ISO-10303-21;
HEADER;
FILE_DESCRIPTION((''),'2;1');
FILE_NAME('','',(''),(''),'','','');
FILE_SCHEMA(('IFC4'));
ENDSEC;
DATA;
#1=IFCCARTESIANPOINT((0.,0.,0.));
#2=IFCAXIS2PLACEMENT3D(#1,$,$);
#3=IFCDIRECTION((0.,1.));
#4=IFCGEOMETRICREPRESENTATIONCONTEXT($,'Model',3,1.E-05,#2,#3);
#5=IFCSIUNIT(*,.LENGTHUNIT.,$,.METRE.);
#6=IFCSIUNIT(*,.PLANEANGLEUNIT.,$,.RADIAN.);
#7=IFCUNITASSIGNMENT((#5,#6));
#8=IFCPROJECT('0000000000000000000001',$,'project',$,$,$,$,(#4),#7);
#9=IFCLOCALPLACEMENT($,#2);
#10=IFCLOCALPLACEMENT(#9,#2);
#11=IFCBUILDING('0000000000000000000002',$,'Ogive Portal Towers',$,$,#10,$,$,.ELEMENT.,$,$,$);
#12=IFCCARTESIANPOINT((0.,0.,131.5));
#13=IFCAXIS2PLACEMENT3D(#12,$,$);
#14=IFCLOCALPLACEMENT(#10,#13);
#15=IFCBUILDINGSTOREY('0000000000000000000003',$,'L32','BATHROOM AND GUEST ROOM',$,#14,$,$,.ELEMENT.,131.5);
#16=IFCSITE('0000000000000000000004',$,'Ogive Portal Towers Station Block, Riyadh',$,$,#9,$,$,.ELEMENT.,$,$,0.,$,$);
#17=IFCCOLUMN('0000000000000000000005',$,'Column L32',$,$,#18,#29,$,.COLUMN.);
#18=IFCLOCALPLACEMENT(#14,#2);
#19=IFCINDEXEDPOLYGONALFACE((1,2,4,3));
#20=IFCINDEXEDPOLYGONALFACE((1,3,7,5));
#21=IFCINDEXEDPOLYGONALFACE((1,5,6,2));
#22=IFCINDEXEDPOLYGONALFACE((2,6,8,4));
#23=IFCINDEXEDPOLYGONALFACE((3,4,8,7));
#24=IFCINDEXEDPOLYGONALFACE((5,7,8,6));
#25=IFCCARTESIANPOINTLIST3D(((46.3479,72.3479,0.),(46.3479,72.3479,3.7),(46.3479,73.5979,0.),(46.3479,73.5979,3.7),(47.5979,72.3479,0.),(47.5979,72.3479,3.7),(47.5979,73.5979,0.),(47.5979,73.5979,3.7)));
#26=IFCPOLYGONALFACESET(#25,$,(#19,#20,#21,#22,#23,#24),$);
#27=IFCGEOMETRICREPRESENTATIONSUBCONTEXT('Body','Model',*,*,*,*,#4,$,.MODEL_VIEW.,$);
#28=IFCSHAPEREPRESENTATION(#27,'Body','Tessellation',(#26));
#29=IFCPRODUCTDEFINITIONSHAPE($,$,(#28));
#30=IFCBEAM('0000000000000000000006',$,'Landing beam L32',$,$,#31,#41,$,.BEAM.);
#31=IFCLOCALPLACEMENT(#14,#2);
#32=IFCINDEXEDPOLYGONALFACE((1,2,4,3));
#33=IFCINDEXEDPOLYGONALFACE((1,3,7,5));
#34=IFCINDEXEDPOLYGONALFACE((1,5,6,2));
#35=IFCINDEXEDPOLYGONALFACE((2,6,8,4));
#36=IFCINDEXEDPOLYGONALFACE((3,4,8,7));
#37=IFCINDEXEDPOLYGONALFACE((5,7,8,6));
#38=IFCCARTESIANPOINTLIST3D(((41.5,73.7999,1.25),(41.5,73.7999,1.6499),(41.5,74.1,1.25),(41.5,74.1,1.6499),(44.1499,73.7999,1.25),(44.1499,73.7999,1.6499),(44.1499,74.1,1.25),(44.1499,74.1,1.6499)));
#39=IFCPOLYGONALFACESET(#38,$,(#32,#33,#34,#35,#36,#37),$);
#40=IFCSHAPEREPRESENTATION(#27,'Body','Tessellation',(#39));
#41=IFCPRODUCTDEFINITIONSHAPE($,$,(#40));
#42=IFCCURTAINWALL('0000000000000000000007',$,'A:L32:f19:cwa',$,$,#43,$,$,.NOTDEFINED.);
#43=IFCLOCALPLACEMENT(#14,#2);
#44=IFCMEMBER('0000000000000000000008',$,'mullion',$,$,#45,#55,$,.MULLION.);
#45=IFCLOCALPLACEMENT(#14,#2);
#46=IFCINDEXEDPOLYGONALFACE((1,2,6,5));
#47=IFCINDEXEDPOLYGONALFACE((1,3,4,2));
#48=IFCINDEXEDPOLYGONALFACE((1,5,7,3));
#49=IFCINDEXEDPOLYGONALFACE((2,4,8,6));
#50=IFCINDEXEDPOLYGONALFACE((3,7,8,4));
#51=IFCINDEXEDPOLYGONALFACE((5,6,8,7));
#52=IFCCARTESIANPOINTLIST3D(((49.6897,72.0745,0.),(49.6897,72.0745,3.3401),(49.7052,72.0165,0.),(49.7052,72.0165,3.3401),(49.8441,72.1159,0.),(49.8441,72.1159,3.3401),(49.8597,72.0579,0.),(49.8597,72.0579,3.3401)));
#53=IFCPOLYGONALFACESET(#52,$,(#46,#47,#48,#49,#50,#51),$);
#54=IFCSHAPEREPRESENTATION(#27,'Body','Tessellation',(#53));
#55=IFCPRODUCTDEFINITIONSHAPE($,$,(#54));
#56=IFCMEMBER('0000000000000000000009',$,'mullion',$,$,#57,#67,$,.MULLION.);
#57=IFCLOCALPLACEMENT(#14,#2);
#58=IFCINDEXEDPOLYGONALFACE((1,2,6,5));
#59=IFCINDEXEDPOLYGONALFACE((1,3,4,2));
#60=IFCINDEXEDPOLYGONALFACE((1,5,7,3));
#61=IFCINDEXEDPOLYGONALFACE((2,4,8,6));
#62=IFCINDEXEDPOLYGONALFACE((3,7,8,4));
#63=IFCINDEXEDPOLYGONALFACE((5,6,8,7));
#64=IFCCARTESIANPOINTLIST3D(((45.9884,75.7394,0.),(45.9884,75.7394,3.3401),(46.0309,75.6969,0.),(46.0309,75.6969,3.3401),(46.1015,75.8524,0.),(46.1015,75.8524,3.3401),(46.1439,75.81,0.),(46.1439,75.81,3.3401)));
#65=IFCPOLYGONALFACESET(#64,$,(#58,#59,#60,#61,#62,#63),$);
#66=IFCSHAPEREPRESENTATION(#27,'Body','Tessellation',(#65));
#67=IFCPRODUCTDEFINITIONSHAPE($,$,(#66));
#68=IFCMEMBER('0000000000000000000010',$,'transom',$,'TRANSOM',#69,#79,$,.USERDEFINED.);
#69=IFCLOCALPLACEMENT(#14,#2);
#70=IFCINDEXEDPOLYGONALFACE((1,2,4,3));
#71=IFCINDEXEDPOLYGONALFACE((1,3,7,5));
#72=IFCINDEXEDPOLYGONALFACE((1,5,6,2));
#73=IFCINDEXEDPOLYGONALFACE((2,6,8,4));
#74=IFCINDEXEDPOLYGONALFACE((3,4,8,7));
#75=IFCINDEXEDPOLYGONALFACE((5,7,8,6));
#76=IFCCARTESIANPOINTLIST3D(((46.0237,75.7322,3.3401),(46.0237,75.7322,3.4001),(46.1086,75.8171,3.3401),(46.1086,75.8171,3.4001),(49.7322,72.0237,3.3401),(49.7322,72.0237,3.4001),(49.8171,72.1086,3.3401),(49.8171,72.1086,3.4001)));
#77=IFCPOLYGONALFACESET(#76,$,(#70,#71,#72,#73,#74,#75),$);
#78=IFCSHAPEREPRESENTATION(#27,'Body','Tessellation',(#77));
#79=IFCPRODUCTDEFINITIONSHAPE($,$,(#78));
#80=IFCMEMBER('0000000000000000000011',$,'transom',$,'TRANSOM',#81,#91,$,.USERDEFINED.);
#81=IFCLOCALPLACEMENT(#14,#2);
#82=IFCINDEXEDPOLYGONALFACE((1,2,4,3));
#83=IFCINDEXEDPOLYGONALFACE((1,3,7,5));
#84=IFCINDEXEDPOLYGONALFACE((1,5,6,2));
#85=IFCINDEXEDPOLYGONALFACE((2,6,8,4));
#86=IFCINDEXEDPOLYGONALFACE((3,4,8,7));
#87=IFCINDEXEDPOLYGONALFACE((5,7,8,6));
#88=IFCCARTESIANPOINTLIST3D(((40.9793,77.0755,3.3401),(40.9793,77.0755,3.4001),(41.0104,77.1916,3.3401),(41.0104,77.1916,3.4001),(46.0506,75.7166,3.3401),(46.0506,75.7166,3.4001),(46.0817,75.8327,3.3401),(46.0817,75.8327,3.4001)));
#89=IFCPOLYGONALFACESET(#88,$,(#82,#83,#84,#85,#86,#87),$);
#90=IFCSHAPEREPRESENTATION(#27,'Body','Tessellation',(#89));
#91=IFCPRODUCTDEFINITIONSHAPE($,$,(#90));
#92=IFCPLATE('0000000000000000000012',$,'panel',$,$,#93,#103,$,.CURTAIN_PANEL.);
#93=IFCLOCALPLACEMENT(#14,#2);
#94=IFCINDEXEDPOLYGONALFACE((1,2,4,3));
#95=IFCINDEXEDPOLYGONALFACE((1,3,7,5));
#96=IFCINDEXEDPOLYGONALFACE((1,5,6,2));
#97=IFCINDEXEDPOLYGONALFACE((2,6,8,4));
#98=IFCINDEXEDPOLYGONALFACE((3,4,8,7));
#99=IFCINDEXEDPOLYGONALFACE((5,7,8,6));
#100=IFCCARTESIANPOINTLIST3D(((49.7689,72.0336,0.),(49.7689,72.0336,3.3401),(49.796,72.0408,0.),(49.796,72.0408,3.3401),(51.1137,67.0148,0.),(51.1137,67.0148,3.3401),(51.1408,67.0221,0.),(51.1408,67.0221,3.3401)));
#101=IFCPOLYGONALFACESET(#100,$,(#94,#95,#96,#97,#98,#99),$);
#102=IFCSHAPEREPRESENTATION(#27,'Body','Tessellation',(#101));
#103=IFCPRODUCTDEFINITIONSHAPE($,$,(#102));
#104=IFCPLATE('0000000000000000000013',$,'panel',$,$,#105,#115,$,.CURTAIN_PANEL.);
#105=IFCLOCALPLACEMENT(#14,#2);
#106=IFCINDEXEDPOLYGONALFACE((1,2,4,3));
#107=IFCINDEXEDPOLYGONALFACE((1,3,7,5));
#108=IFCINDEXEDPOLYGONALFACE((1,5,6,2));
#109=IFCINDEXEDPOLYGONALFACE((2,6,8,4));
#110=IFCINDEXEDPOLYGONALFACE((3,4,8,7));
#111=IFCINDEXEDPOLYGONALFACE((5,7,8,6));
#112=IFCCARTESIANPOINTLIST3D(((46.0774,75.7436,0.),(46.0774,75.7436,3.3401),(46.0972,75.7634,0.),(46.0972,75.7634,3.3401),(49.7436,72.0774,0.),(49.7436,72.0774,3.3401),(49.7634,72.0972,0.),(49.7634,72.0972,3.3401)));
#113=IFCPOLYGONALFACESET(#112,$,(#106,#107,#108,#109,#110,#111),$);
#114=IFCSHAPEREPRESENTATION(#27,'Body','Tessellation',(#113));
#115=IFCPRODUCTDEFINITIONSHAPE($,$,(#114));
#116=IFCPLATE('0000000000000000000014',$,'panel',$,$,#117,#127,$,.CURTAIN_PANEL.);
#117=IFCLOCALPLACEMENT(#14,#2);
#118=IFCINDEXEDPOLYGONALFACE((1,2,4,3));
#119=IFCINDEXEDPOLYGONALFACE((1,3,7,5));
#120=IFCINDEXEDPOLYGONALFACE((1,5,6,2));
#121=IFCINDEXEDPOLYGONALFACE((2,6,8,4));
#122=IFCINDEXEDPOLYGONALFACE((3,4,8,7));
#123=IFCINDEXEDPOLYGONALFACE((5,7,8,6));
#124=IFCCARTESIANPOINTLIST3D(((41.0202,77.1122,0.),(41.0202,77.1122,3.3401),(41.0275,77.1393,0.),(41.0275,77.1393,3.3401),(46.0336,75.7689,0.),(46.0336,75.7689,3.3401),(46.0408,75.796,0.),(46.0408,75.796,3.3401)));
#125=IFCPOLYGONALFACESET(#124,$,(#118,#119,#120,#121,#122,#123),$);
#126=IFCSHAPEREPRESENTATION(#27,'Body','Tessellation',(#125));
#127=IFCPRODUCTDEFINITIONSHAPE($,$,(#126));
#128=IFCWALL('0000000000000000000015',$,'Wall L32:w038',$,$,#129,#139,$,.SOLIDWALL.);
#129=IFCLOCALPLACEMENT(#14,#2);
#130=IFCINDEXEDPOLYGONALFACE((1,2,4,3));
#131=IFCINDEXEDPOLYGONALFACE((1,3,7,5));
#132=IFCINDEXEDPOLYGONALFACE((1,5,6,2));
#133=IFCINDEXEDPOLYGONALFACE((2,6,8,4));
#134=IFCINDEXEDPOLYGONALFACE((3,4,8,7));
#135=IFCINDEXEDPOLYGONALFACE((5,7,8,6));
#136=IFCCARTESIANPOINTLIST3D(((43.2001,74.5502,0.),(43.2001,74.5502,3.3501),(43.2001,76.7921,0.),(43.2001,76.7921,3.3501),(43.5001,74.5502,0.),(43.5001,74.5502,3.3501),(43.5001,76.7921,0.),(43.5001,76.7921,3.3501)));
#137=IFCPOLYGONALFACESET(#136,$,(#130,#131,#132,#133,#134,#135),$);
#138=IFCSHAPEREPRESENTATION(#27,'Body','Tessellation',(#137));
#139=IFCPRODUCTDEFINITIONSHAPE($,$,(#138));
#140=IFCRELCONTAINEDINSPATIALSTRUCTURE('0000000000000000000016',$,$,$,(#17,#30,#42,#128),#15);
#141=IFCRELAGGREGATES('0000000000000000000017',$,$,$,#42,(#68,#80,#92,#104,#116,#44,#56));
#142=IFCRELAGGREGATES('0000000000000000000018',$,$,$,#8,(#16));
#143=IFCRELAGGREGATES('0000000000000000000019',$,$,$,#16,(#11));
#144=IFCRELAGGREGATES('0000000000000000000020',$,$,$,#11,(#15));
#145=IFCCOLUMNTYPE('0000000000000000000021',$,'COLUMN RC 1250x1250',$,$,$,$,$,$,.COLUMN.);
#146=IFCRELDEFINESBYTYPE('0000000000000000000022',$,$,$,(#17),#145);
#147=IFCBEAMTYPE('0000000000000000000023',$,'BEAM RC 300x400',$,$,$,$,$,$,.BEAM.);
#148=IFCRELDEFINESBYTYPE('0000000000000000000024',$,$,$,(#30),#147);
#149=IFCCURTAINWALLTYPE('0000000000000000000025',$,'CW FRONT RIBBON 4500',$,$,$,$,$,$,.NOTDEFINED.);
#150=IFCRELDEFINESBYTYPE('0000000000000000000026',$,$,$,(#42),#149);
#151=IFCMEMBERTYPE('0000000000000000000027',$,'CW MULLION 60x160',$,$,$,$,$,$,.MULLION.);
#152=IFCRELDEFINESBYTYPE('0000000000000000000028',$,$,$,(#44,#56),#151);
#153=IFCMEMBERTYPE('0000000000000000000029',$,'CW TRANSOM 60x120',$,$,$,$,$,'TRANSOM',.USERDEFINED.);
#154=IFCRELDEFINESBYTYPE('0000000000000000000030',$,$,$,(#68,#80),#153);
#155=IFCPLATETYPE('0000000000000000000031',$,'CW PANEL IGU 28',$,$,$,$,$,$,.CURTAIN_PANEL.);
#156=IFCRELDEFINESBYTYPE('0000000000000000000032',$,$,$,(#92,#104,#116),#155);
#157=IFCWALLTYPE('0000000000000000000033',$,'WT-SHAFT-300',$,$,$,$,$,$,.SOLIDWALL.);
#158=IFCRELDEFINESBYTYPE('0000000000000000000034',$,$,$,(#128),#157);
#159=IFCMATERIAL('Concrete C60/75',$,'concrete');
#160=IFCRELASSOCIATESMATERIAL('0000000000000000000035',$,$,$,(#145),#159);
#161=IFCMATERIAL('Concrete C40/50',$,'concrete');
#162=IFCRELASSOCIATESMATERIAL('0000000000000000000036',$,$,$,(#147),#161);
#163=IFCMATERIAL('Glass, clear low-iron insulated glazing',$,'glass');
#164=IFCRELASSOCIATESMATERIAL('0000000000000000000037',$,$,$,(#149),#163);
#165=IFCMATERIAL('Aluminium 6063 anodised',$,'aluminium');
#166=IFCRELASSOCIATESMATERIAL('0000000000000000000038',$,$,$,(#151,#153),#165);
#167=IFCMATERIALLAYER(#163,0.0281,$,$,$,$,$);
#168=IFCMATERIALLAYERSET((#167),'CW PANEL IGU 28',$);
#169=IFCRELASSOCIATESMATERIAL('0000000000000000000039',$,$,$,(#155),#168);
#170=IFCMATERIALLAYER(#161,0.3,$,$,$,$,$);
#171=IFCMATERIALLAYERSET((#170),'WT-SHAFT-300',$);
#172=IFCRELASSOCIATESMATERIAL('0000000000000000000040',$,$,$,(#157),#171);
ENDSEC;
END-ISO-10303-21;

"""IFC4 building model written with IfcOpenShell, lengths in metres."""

from ifc_helpers import new_model, si_unit, direction, frame, frame_2d, origin, origin_2d, place, context, subcontext, project, spatial, rectangle, extrude, material, layer, layer_set, material_profile, profile_set, type_object, element, aggregate, save


model = new_model("IFC4")

# Units and contexts
model_context = context("Model", 3, precision=1e-05, world=origin(), true_north=direction((0.0, 1.0)))
body_context = subcontext(model_context, "Body", "Model", "MODEL_VIEW")
ifc_project = project(units=[si_unit("LENGTHUNIT", "METRE"), si_unit("PLANEANGLEUNIT", "RADIAN")], contexts=[model_context])

# Site, building, storey
site_placement = place(None, origin())
site = spatial("IfcSite", under=ifc_project, at=site_placement, Name="Ogive Portal Towers Station Block, Riyadh", CompositionType="ELEMENT", RefElevation=0.0)
building_placement = place(site_placement, origin())
building = spatial("IfcBuilding", under=site, at=building_placement, Name="Ogive Portal Towers", CompositionType="ELEMENT")
storey_placement = place(building_placement, frame((0.0, 0.0, 131.5)))
storey = spatial("IfcBuildingStorey", under=building, at=storey_placement, Name="L32", Description="BATHROOM AND GUEST ROOM", CompositionType="ELEMENT", Elevation=131.5)

# Column
ifc_material_1 = material(Name="Concrete C60/75", Category="concrete")
ifc_material_profile_1 = material_profile(ifc_material_1, rectangle(XDim=1.25, YDim=1.25, at=origin_2d()), Name="RC 1250x1250")
ifc_profile_set_1 = profile_set([ifc_material_profile_1], Name="Concrete C60/75")
column_type = type_object("IfcColumnType", Name="COLUMN RC 1250x1250", PredefinedType="COLUMN", material=ifc_profile_set_1)
column_placement = place(storey_placement, frame((46.9729, 72.9729, 0.0), z_axis=(0.0, 0.0, 1.0), x_axis=(1.0, 0.0, 0.0)))
element("IfcColumn", 1, at=column_placement, inside=storey, type_object=column_type, Name="Column L32", PredefinedType="COLUMN", context=body_context, shape_type="SweptSolid", body=[
    extrude(rectangle(XDim=1.25, YDim=1.25, at=origin_2d()), origin(), (0.0, 0.0, 1.0), 3.7),
])

# Beam
ifc_material_2 = material(Name="Concrete C40/50", Category="concrete")
ifc_material_profile_2 = material_profile(ifc_material_2, rectangle(XDim=0.3, YDim=0.3999, at=origin_2d()), Name="RC 300x400")
ifc_profile_set_2 = profile_set([ifc_material_profile_2], Name="Concrete C40/50")
beam_type = type_object("IfcBeamType", Name="BEAM RC 300x400", PredefinedType="BEAM", material=ifc_profile_set_2)
beam_placement = place(storey_placement, frame((41.5, 73.95, 1.45), z_axis=(1.0, 0.0, 0.0), x_axis=(0.0, 1.0, 0.0)))
element("IfcBeam", 2, at=beam_placement, inside=storey, type_object=beam_type, Name="Landing beam L32", PredefinedType="BEAM", context=body_context, shape_type="SweptSolid", body=[
    extrude(rectangle(XDim=0.3, YDim=0.3999, at=origin_2d()), origin(), (0.0, 0.0, 1.0), 2.6499),
])

# Curtain wall, members, plates
ifc_material_3 = material(Name="Glass, clear low-iron insulated glazing", Category="glass")
curtain_wall_type = type_object("IfcCurtainWallType", Name="CW FRONT RIBBON 4500", PredefinedType="NOTDEFINED", material=ifc_material_3)
curtain_wall_placement = place(storey_placement, origin())
curtain_wall = element("IfcCurtainWall", 3, at=curtain_wall_placement, inside=storey, type_object=curtain_wall_type, Name="A:L32:f19:cwa", PredefinedType="NOTDEFINED")
ifc_material_4 = material(Name="Aluminium 6063 anodised", Category="aluminium")
ifc_material_profile_3 = material_profile(ifc_material_4, rectangle(XDim=0.1599, YDim=0.0601, at=origin_2d()), Name="AL 60x160")
ifc_profile_set_3 = profile_set([ifc_material_profile_3], Name="Aluminium 6063 anodised")
member_type_1 = type_object("IfcMemberType", Name="CW MULLION 60x160", PredefinedType="MULLION", material=ifc_profile_set_3)
member_1_placement = place(storey_placement, frame((49.7747, 72.0662, 0.0), z_axis=(0.0, 0.0, 1.0), x_axis=(-0.965926, -0.258819, 0.0)))
member_1 = element("IfcMember", 4, at=member_1_placement, type_object=member_type_1, Name="mullion", PredefinedType="MULLION", context=body_context, shape_type="SweptSolid", body=[
    extrude(rectangle(XDim=0.1599, YDim=0.0601, at=origin_2d()), origin(), (0.0, 0.0, 1.0), 3.3401),
])
member_2_placement = place(storey_placement, frame((46.0662, 75.7747, 0.0), z_axis=(0.0, 0.0, 1.0), x_axis=(-0.707107, -0.707107, 0.0)))
member_2 = element("IfcMember", 5, at=member_2_placement, type_object=member_type_1, Name="mullion", PredefinedType="MULLION", context=body_context, shape_type="SweptSolid", body=[
    extrude(rectangle(XDim=0.1599, YDim=0.0601, at=origin_2d()), origin(), (0.0, 0.0, 1.0), 3.3401),
])
ifc_material_profile_4 = material_profile(ifc_material_4, rectangle(XDim=0.1201, YDim=0.0601, at=origin_2d()), Name="AL 120x60")
ifc_profile_set_4 = profile_set([ifc_material_profile_4], Name="Aluminium 6063 anodised")
member_type_2 = type_object("IfcMemberType", Name="CW TRANSOM 60x120", ElementType="TRANSOM", PredefinedType="USERDEFINED", material=ifc_profile_set_4)
member_3_placement = place(storey_placement, frame((49.7747, 72.0662, 3.3701), z_axis=(-0.707107, 0.707107, 0.0), x_axis=(-0.707107, -0.707107, 0.0)))
member_3 = element("IfcMember", 6, at=member_3_placement, type_object=member_type_2, Name="transom", ObjectType="TRANSOM", PredefinedType="USERDEFINED", context=body_context, shape_type="SweptSolid", body=[
    extrude(rectangle(XDim=0.1201, YDim=0.0601, at=origin_2d()), origin(), (0.0, 0.0, 1.0), 5.2446),
])
member_4_placement = place(storey_placement, frame((46.0662, 75.7747, 3.3701), z_axis=(-0.965924, 0.258826, 0.0), x_axis=(-0.258826, -0.965924, 0.0)))
member_4 = element("IfcMember", 7, at=member_4_placement, type_object=member_type_2, Name="transom", ObjectType="TRANSOM", PredefinedType="USERDEFINED", context=body_context, shape_type="SweptSolid", body=[
    extrude(rectangle(XDim=0.1201, YDim=0.0601, at=origin_2d()), origin(), (0.0, 0.0, 1.0), 5.2502),
])
ifc_layer_1 = layer(ifc_material_3, 0.0281)
ifc_layer_set_1 = layer_set([ifc_layer_1], Name="CW PANEL IGU 28")
plate_type = type_object("IfcPlateType", Name="CW PANEL IGU 28", PredefinedType="CURTAIN_PANEL", material=ifc_layer_set_1)
plate_1_placement = place(storey_placement, frame((50.4548, 69.5278, 0.0), z_axis=(0.0, 0.0, 1.0), x_axis=(-0.258819, 0.965926, 0.0)))
plate_1 = element("IfcPlate", 8, at=plate_1_placement, type_object=plate_type, Name="panel", PredefinedType="CURTAIN_PANEL", context=body_context, shape_type="SweptSolid", body=[
    extrude(rectangle(XDim=5.1958, YDim=0.0281, at=origin_2d()), origin(), (0.0, 0.0, 1.0), 3.3401),
])
plate_2_placement = place(storey_placement, frame((47.9204, 73.9204, 0.0), z_axis=(0.0, 0.0, 1.0), x_axis=(-0.707107, 0.707107, 0.0)))
plate_2 = element("IfcPlate", 9, at=plate_2_placement, type_object=plate_type, Name="panel", PredefinedType="CURTAIN_PANEL", context=body_context, shape_type="SweptSolid", body=[
    extrude(rectangle(XDim=5.1848, YDim=0.0281, at=origin_2d()), origin(), (0.0, 0.0, 1.0), 3.3401),
])
plate_3_placement = place(storey_placement, frame((43.5305, 76.4541, 0.0), z_axis=(0.0, 0.0, 1.0), x_axis=(-0.965926, 0.258819, 0.0)))
plate_3 = element("IfcPlate", 10, at=plate_3_placement, type_object=plate_type, Name="panel", PredefinedType="CURTAIN_PANEL", context=body_context, shape_type="SweptSolid", body=[
    extrude(rectangle(XDim=5.1902, YDim=0.0281, at=origin_2d()), origin(), (0.0, 0.0, 1.0), 3.3401),
])
aggregate(curtain_wall, [member_3, member_4, plate_1, plate_2, plate_3, member_1, member_2])

# Wall
ifc_layer_2 = layer(ifc_material_2, 0.3)
ifc_layer_set_2 = layer_set([ifc_layer_2], Name="WT-SHAFT-300")
wall_type = type_object("IfcWallType", Name="WT-SHAFT-300", PredefinedType="SOLIDWALL", material=ifc_layer_set_2)
wall_placement = place(storey_placement, frame((43.3501, 74.55, 0.0), z_axis=(0.0, 0.0, 1.0), x_axis=(0.0, 1.0, 0.0)))
element("IfcWall", 11, at=wall_placement, inside=storey, type_object=wall_type, Name="Wall L32:w038", PredefinedType="SOLIDWALL", context=body_context, shape_type="SweptSolid", body=[
    extrude(rectangle(XDim=2.2419, YDim=0.3, at=frame_2d((1.1211, 0.0))), origin(), (0.0, 0.0, 1.0), 3.3501),
])

save(model, "model.ifc")
